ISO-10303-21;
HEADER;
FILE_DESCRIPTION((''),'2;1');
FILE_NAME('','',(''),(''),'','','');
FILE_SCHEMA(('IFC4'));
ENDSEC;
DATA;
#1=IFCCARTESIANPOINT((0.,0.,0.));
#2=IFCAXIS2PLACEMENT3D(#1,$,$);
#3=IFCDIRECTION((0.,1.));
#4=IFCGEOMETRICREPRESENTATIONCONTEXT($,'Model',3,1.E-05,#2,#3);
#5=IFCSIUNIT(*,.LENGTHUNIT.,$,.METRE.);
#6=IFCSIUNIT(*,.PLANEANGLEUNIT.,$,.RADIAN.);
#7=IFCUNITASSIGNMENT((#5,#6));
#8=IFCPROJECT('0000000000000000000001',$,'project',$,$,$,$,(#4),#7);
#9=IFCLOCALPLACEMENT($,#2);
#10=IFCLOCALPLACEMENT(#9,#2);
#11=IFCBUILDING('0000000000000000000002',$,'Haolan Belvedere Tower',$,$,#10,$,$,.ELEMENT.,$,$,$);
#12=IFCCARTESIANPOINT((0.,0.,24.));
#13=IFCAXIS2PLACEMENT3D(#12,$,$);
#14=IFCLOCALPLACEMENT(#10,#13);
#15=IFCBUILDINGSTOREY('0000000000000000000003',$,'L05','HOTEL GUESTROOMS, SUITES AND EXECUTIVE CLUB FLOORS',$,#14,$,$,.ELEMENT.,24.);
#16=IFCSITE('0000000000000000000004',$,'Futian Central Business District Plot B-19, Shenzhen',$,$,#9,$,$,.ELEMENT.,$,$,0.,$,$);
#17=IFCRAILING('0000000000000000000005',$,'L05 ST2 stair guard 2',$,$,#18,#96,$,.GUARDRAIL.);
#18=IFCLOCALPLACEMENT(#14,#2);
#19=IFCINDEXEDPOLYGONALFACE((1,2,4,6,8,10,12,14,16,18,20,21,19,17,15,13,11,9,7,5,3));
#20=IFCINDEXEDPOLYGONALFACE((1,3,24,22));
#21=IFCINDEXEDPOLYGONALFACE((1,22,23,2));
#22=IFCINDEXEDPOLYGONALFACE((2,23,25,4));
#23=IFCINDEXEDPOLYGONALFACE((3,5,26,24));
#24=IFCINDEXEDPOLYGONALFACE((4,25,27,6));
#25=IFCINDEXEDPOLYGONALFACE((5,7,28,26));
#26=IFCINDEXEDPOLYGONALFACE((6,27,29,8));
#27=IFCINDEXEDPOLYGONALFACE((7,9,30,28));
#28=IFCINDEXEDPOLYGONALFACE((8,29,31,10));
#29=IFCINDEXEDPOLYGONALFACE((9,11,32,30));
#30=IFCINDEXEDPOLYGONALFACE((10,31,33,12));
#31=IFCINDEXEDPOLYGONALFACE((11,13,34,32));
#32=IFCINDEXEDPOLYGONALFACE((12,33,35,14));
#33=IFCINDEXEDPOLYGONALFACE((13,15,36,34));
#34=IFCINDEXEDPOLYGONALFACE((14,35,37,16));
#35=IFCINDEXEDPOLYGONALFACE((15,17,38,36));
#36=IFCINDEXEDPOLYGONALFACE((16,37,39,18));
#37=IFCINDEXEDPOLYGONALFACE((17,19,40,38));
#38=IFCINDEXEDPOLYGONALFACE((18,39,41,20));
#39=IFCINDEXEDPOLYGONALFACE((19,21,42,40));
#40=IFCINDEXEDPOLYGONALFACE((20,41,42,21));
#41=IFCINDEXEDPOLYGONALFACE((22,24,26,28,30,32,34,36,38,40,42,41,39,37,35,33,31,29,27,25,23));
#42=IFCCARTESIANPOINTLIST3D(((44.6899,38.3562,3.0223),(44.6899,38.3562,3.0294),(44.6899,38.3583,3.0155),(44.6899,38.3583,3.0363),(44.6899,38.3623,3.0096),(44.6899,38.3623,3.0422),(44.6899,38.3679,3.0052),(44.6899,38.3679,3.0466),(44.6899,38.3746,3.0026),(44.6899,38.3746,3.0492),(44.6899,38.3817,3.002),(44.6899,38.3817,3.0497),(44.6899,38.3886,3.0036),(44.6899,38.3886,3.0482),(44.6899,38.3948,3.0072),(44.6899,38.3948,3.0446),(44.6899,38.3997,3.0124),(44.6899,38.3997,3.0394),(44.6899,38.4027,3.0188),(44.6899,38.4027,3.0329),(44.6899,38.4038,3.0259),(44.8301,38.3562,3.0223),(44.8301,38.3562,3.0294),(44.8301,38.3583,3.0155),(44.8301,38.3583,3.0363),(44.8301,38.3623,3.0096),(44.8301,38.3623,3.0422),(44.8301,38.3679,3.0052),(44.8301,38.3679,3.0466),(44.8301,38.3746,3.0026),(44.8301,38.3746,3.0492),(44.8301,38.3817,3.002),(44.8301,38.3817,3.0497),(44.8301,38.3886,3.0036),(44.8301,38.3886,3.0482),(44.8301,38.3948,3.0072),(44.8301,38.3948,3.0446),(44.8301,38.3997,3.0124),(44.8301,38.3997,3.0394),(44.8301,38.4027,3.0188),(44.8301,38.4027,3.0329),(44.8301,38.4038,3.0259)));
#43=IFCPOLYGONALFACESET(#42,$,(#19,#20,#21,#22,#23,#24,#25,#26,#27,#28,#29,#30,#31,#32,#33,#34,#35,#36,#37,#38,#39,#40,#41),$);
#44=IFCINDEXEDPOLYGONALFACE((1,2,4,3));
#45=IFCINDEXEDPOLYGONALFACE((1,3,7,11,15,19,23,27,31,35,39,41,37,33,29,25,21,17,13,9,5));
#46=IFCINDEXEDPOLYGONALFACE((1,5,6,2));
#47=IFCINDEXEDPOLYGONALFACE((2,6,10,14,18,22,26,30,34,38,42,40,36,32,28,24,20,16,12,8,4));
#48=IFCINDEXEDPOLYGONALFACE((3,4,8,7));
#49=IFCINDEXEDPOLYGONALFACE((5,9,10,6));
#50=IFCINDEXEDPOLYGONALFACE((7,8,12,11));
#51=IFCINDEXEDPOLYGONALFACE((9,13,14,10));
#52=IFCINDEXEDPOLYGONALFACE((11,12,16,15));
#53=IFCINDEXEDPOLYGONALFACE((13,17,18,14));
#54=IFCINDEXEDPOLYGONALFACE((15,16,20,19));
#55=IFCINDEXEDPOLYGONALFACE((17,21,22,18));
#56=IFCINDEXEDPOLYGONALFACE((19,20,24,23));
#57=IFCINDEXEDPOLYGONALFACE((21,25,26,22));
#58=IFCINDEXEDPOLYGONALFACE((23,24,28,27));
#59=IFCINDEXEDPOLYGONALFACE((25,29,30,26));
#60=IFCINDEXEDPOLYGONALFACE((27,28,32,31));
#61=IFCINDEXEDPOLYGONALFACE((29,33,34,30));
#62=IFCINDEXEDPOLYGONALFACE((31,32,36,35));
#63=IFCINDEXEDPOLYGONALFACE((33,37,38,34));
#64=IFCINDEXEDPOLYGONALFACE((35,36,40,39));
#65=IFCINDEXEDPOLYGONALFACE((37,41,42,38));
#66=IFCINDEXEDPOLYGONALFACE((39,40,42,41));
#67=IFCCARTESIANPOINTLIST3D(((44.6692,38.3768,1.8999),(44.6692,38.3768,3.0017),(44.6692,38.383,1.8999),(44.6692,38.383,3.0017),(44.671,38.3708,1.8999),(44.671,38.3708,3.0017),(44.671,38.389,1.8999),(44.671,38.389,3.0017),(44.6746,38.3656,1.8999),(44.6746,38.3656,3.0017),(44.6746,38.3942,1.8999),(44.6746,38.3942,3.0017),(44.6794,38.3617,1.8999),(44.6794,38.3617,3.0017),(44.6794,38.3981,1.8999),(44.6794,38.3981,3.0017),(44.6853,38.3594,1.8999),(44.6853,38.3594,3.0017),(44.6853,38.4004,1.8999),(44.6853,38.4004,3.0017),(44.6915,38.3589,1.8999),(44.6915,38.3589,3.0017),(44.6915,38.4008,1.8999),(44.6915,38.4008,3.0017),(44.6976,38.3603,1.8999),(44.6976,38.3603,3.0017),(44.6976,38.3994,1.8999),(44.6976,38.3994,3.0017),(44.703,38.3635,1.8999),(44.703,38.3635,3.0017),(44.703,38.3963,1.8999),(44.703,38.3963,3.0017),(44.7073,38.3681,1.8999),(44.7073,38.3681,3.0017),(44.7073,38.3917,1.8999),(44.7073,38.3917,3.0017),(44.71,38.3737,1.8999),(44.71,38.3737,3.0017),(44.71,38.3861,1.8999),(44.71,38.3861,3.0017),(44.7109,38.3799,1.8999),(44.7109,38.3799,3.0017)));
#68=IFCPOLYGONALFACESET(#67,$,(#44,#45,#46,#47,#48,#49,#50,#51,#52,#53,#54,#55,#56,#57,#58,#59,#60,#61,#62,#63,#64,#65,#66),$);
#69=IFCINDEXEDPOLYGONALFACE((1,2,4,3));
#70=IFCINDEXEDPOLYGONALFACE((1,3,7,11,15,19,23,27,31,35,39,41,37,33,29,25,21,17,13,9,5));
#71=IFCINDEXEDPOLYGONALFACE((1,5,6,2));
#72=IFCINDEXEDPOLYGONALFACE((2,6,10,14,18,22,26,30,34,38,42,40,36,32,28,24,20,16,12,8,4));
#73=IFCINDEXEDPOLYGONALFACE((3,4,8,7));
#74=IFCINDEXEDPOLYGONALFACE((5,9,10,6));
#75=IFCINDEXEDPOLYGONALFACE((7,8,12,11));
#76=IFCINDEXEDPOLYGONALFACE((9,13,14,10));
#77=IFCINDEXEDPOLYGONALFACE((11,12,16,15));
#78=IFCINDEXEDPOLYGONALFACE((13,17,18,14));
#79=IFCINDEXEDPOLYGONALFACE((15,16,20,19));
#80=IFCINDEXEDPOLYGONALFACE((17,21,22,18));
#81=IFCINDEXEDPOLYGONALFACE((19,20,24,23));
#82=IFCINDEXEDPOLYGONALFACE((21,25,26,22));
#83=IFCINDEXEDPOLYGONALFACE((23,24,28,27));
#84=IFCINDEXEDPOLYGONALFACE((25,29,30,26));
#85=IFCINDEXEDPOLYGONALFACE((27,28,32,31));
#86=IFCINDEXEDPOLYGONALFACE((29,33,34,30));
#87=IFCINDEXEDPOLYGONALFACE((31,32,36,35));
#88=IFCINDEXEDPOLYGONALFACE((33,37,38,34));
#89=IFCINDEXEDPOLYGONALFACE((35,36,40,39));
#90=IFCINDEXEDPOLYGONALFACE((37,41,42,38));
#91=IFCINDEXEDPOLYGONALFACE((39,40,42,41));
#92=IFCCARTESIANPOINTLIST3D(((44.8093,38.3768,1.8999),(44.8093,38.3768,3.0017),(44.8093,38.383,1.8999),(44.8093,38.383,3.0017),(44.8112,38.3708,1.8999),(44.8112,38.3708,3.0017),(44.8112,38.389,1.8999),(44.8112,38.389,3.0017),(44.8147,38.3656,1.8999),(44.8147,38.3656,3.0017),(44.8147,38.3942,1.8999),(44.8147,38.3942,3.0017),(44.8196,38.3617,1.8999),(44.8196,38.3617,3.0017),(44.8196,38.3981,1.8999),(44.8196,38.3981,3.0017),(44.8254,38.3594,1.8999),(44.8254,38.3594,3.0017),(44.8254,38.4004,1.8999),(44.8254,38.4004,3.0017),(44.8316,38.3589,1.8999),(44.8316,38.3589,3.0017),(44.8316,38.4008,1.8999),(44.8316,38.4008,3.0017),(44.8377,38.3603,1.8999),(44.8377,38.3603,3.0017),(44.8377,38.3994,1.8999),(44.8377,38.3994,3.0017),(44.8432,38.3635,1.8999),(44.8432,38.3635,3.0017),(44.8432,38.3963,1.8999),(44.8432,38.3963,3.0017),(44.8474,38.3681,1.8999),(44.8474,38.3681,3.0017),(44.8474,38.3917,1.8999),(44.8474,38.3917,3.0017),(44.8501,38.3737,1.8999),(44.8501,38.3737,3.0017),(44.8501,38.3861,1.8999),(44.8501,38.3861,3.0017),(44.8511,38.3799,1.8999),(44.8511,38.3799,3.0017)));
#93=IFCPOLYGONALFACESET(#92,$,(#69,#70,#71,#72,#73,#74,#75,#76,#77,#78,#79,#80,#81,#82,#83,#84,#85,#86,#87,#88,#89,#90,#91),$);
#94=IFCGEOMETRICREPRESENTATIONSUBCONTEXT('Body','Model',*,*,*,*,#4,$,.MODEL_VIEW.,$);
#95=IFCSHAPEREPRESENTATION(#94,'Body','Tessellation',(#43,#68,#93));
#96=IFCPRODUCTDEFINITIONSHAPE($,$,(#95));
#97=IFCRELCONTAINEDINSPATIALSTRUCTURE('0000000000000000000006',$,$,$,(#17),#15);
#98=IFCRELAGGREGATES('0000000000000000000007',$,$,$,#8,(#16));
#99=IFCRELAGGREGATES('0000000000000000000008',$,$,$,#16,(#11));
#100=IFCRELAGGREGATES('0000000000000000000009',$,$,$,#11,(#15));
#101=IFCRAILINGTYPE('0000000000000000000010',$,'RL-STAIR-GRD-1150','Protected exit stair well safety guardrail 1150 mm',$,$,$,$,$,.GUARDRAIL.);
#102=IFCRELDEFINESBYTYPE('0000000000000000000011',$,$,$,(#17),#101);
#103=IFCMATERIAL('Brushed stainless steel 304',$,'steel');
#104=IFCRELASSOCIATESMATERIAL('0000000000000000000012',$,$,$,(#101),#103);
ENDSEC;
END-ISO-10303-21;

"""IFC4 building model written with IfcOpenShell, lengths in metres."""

from ifc_helpers import new_model, si_unit, direction, frame, origin, origin_2d, place, context, subcontext, project, spatial, circle, extrude, material, type_object, element, save


model = new_model("IFC4")

# Units and contexts
model_context = context("Model", 3, precision=1e-05, world=origin(), true_north=direction((0.0, 1.0)))
body_context = subcontext(model_context, "Body", "Model", "MODEL_VIEW")
ifc_project = project(units=[si_unit("LENGTHUNIT", "METRE"), si_unit("PLANEANGLEUNIT", "RADIAN")], contexts=[model_context])

# Site, building, storey
site_placement = place(None, origin())
site = spatial("IfcSite", under=ifc_project, at=site_placement, Name="Futian Central Business District Plot B-19, Shenzhen", CompositionType="ELEMENT", RefElevation=0.0)
building_placement = place(site_placement, origin())
building = spatial("IfcBuilding", under=site, at=building_placement, Name="Haolan Belvedere Tower", CompositionType="ELEMENT")
storey_placement = place(building_placement, frame((0.0, 0.0, 24.0)))
storey = spatial("IfcBuildingStorey", under=building, at=storey_placement, Name="L05", Description="HOTEL GUESTROOMS, SUITES AND EXECUTIVE CLUB FLOORS", CompositionType="ELEMENT", Elevation=24.0)

# Railing
ifc_material_1 = material(Name="Brushed stainless steel 304", Category="steel")
railing_type_1 = type_object("IfcRailingType", Name="RL-STAIR-GRD-1150", Description="Protected exit stair well safety guardrail 1150 mm", PredefinedType="GUARDRAIL", material=ifc_material_1)
railing_1_placement = place(storey_placement, frame((44.6899, 38.3799, 1.8999)))
element("IfcRailing", 1, at=railing_1_placement, inside=storey, type_object=railing_type_1, Name="L05 ST2 stair guard 2", PredefinedType="GUARDRAIL", context=body_context, shape_type="SweptSolid", body=[
    extrude(circle(Radius=0.0239, at=origin_2d()), frame((0.0, 0.0, 1.126), z_axis=(1.0, 0.0, 0.0), x_axis=(0.0, 1.0, 0.0)), (0.0, 0.0, 1.0), 0.1401),
    extrude(circle(Radius=0.021, at=origin_2d()), origin(), (0.0, 0.0, 1.0), 1.1018),
    extrude(circle(Radius=0.021, at=origin_2d()), frame((0.1401, 0.0, 0.0)), (0.0, 0.0, 1.0), 1.1018),
])

save(model, "model.ifc")
